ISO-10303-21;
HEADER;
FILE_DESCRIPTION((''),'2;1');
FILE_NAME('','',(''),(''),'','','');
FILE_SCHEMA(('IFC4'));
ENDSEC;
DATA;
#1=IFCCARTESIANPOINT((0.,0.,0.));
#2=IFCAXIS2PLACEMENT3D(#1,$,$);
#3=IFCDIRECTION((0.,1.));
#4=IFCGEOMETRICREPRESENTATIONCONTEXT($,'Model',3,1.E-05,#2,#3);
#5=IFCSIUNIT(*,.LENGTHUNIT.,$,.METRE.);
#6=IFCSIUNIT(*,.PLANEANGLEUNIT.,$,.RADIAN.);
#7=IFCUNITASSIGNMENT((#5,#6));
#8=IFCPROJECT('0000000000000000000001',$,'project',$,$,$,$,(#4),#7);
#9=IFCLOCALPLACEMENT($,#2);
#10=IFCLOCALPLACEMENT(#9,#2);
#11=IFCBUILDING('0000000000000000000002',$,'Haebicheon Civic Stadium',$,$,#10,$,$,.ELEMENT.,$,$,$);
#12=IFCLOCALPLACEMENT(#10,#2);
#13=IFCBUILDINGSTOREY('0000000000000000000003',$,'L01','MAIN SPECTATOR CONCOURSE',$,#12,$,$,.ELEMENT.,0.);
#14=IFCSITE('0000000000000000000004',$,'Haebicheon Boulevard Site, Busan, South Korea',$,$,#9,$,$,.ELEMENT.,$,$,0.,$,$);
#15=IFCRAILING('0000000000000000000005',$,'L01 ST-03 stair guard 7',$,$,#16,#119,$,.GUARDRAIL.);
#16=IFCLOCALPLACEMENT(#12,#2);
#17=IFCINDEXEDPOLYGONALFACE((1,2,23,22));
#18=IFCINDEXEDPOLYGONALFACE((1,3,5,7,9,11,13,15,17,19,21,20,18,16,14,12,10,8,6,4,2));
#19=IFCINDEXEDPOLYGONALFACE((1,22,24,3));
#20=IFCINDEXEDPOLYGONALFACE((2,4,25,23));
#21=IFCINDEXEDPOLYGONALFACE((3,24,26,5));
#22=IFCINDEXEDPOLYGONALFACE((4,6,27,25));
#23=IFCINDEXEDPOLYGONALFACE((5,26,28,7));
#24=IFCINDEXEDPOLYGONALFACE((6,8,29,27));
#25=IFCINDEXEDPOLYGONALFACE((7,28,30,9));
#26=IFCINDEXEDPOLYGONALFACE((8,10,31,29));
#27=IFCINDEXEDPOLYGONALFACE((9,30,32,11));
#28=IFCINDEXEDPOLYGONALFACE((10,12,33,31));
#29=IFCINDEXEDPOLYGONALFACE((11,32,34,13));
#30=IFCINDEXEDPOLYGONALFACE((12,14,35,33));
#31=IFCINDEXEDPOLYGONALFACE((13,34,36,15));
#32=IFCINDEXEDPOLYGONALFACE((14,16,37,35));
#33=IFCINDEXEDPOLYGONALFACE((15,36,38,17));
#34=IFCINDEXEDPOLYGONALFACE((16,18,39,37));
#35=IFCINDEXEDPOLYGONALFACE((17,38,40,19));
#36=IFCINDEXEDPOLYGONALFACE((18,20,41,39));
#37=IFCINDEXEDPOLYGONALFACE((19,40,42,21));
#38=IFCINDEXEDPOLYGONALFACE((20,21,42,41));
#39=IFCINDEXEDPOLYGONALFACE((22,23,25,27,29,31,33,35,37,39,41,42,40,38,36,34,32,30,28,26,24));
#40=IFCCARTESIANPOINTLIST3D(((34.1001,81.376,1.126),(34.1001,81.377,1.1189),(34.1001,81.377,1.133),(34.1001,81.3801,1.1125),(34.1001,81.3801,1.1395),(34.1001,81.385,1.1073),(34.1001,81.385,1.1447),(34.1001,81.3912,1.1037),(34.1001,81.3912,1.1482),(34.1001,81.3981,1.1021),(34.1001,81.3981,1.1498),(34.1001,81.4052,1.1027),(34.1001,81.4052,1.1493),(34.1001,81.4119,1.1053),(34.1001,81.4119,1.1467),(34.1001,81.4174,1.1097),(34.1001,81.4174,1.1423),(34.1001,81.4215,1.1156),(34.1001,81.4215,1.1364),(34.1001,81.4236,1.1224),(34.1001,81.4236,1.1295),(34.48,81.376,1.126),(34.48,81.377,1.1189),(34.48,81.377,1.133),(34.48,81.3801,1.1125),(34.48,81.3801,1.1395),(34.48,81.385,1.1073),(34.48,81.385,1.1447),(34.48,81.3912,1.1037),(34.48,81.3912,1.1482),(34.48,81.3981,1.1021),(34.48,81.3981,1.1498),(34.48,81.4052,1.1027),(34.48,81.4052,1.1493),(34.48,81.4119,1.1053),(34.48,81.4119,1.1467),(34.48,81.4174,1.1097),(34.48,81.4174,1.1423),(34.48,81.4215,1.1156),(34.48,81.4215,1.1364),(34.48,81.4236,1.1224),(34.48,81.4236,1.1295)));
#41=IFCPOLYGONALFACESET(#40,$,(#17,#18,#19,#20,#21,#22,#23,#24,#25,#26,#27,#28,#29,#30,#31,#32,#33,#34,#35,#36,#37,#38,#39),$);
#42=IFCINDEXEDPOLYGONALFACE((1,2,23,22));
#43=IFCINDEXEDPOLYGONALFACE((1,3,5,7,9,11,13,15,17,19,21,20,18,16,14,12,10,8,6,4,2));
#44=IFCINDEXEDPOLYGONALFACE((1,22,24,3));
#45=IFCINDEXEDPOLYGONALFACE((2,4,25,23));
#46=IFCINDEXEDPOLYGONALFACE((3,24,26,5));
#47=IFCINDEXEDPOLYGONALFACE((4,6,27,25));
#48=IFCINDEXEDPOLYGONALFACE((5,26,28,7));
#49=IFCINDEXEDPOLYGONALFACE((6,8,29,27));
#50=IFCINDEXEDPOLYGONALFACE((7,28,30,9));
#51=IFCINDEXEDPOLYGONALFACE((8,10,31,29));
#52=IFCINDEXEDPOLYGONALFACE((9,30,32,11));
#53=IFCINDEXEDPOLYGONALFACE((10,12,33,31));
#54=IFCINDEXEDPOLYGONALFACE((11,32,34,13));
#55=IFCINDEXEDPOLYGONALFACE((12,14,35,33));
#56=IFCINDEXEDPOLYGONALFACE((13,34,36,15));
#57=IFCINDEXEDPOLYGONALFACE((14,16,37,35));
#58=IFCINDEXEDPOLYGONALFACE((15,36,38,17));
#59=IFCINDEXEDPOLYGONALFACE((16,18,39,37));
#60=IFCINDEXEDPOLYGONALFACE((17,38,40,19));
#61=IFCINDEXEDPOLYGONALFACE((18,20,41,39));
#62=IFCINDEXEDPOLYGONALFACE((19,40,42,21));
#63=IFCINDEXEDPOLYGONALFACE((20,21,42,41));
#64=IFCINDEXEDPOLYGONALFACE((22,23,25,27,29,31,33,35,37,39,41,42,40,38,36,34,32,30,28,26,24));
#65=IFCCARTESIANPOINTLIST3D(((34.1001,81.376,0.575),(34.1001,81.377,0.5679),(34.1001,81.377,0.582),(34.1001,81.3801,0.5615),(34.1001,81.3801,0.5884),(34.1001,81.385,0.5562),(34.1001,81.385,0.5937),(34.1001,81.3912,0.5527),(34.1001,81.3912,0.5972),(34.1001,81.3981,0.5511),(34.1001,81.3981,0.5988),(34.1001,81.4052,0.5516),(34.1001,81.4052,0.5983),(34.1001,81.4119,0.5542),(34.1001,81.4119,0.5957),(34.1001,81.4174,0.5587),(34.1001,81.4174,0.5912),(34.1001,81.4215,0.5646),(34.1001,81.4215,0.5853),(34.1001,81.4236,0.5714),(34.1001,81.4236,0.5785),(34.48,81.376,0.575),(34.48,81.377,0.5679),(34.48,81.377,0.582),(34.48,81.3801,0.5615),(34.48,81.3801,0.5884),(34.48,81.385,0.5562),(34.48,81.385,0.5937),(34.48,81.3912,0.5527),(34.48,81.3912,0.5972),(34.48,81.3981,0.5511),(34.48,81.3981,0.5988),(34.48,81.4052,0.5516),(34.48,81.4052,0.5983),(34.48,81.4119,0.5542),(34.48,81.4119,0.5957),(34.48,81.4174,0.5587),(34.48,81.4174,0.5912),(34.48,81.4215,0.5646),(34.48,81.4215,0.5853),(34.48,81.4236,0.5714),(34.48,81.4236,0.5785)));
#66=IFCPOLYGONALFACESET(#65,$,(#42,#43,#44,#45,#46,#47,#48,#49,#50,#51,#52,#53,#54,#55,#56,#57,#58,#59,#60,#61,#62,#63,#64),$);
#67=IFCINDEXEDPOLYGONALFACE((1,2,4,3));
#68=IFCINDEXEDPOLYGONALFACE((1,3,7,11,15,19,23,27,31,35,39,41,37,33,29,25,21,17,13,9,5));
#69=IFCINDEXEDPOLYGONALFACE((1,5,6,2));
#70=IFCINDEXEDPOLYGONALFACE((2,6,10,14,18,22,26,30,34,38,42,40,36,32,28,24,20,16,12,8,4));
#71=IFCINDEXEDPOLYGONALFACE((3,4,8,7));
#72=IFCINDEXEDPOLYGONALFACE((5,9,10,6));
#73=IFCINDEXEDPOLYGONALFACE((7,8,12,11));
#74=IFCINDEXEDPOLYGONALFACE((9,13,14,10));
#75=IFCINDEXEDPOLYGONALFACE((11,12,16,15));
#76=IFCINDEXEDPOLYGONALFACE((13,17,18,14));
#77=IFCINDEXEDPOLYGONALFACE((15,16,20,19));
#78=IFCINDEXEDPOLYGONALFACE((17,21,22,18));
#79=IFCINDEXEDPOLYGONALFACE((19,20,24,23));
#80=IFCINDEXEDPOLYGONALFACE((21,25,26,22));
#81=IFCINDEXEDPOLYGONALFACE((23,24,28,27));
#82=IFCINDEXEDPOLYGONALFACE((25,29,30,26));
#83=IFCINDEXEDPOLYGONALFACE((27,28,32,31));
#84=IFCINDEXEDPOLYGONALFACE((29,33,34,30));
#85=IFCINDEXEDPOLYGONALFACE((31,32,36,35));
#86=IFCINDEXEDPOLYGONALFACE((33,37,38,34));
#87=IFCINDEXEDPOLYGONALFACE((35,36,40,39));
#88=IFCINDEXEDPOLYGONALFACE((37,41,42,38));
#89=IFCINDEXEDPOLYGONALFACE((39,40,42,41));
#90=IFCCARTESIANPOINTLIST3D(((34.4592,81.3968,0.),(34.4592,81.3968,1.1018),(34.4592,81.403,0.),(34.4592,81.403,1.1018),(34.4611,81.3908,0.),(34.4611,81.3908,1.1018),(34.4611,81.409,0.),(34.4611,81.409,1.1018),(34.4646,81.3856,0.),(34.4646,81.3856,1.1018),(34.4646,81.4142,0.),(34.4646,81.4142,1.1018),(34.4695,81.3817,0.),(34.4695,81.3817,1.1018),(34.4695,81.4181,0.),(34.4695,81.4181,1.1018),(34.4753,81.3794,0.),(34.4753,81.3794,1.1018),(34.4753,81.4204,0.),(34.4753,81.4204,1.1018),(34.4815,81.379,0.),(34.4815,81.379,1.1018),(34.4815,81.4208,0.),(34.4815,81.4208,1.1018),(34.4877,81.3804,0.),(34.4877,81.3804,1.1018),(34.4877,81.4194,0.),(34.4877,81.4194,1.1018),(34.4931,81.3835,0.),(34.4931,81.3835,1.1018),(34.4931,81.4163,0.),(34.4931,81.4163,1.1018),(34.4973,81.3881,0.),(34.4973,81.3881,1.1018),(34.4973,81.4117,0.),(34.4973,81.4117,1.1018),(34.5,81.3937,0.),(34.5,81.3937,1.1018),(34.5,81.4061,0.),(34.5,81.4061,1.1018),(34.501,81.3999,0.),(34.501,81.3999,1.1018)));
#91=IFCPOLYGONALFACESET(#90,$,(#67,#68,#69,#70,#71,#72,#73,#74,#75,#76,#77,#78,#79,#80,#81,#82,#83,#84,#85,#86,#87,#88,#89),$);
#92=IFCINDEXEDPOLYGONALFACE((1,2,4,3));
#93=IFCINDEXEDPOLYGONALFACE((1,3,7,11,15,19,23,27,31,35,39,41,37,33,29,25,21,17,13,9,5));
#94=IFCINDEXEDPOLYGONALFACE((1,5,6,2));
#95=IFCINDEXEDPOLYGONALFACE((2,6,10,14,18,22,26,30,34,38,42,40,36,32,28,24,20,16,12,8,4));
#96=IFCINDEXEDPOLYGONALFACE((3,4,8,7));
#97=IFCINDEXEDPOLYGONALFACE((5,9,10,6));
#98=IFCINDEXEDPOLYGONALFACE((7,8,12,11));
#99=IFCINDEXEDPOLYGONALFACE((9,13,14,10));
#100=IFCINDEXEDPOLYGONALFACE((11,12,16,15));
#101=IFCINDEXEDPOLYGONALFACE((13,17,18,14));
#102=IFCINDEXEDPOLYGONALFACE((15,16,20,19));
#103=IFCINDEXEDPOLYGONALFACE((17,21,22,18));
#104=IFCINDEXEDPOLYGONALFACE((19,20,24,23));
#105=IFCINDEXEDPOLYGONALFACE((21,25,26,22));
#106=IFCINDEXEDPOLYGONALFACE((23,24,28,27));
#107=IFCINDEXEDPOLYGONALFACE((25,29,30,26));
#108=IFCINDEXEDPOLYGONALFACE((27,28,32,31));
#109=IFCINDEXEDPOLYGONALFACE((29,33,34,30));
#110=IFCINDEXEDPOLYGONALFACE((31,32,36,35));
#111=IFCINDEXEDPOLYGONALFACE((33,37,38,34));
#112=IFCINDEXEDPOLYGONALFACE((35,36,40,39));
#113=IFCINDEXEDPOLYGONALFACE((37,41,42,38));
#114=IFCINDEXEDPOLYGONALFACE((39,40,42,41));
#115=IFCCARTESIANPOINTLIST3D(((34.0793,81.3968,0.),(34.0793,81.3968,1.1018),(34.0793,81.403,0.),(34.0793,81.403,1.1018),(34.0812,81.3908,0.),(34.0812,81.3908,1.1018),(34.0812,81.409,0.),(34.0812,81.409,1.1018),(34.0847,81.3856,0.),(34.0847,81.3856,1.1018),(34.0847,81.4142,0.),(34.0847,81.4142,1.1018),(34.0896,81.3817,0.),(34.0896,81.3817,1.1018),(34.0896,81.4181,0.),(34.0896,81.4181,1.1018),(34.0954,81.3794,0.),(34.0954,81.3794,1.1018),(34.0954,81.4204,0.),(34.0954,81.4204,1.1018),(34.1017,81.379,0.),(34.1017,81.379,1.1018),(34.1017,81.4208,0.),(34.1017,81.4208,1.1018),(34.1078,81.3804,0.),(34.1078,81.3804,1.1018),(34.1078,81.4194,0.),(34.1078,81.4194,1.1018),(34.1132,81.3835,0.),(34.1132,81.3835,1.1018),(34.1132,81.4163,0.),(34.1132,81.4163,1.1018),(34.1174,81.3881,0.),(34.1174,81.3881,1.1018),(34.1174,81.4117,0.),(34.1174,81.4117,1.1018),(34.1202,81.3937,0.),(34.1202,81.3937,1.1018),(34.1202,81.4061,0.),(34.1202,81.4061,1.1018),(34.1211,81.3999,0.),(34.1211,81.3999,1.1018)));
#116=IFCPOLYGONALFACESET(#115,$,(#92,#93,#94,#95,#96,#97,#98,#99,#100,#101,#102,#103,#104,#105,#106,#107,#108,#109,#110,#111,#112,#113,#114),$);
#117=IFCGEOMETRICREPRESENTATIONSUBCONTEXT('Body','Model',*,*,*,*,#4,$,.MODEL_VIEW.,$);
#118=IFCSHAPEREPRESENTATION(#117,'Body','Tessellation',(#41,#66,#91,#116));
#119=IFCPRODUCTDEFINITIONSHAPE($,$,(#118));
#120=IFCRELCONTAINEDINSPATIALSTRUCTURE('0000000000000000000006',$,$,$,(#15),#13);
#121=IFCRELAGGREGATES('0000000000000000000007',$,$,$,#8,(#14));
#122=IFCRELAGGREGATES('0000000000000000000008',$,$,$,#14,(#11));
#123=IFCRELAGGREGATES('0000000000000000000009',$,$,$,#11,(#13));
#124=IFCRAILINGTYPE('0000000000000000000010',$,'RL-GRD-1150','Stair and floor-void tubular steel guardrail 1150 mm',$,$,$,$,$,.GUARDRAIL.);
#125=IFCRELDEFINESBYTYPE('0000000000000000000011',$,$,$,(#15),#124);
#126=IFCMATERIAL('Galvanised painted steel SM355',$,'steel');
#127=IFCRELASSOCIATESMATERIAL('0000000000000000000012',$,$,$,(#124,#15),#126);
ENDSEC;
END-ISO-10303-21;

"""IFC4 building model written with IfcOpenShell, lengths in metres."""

from ifc_helpers import new_model, si_unit, direction, frame, origin, origin_2d, place, context, subcontext, project, spatial, circle, extrude, material, type_object, element, save


model = new_model("IFC4")

# Units and contexts
model_context = context("Model", 3, precision=1e-05, world=origin(), true_north=direction((0.0, 1.0)))
body_context = subcontext(model_context, "Body", "Model", "MODEL_VIEW")
ifc_project = project(units=[si_unit("LENGTHUNIT", "METRE"), si_unit("PLANEANGLEUNIT", "RADIAN")], contexts=[model_context])

# Site, building, storey
site_placement = place(None, origin())
site = spatial("IfcSite", under=ifc_project, at=site_placement, Name="Haebicheon Boulevard Site, Busan, South Korea", CompositionType="ELEMENT", RefElevation=0.0)
building_placement = place(site_placement, origin())
building = spatial("IfcBuilding", under=site, at=building_placement, Name="Haebicheon Civic Stadium", CompositionType="ELEMENT")
storey_placement = place(building_placement, origin())
storey = spatial("IfcBuildingStorey", under=building, at=storey_placement, Name="L01", Description="MAIN SPECTATOR CONCOURSE", CompositionType="ELEMENT", Elevation=0.0)

# Railing
ifc_material_1 = material(Name="Galvanised painted steel SM355", Category="steel")
railing_type = type_object("IfcRailingType", Name="RL-GRD-1150", Description="Stair and floor-void tubular steel guardrail 1150 mm", PredefinedType="GUARDRAIL", material=ifc_material_1)
railing_1_placement = place(storey_placement, frame((34.48, 81.3999, 0.0)))
element("IfcRailing", 1, at=railing_1_placement, inside=storey, type_object=railing_type, material=ifc_material_1, Name="L01 ST-03 stair guard 7", PredefinedType="GUARDRAIL", context=body_context, shape_type="SweptSolid", body=[
    extrude(circle(Radius=0.0239, at=origin_2d()), frame((0.0, 0.0, 1.126), z_axis=(-1.0, 0.0, 0.0), x_axis=(0.0, -1.0, 0.0)), (0.0, 0.0, 1.0), 0.3799),
    extrude(circle(Radius=0.0239, at=origin_2d()), frame((0.0, 0.0, 0.575), z_axis=(-1.0, 0.0, 0.0), x_axis=(0.0, -1.0, 0.0)), (0.0, 0.0, 1.0), 0.3799),
    extrude(circle(Radius=0.021, at=origin_2d()), origin(), (0.0, 0.0, 1.0), 1.1018),
    extrude(circle(Radius=0.021, at=origin_2d()), frame((-0.3799, 0.0, 0.0)), (0.0, 0.0, 1.0), 1.1018),
])

save(model, "model.ifc")
